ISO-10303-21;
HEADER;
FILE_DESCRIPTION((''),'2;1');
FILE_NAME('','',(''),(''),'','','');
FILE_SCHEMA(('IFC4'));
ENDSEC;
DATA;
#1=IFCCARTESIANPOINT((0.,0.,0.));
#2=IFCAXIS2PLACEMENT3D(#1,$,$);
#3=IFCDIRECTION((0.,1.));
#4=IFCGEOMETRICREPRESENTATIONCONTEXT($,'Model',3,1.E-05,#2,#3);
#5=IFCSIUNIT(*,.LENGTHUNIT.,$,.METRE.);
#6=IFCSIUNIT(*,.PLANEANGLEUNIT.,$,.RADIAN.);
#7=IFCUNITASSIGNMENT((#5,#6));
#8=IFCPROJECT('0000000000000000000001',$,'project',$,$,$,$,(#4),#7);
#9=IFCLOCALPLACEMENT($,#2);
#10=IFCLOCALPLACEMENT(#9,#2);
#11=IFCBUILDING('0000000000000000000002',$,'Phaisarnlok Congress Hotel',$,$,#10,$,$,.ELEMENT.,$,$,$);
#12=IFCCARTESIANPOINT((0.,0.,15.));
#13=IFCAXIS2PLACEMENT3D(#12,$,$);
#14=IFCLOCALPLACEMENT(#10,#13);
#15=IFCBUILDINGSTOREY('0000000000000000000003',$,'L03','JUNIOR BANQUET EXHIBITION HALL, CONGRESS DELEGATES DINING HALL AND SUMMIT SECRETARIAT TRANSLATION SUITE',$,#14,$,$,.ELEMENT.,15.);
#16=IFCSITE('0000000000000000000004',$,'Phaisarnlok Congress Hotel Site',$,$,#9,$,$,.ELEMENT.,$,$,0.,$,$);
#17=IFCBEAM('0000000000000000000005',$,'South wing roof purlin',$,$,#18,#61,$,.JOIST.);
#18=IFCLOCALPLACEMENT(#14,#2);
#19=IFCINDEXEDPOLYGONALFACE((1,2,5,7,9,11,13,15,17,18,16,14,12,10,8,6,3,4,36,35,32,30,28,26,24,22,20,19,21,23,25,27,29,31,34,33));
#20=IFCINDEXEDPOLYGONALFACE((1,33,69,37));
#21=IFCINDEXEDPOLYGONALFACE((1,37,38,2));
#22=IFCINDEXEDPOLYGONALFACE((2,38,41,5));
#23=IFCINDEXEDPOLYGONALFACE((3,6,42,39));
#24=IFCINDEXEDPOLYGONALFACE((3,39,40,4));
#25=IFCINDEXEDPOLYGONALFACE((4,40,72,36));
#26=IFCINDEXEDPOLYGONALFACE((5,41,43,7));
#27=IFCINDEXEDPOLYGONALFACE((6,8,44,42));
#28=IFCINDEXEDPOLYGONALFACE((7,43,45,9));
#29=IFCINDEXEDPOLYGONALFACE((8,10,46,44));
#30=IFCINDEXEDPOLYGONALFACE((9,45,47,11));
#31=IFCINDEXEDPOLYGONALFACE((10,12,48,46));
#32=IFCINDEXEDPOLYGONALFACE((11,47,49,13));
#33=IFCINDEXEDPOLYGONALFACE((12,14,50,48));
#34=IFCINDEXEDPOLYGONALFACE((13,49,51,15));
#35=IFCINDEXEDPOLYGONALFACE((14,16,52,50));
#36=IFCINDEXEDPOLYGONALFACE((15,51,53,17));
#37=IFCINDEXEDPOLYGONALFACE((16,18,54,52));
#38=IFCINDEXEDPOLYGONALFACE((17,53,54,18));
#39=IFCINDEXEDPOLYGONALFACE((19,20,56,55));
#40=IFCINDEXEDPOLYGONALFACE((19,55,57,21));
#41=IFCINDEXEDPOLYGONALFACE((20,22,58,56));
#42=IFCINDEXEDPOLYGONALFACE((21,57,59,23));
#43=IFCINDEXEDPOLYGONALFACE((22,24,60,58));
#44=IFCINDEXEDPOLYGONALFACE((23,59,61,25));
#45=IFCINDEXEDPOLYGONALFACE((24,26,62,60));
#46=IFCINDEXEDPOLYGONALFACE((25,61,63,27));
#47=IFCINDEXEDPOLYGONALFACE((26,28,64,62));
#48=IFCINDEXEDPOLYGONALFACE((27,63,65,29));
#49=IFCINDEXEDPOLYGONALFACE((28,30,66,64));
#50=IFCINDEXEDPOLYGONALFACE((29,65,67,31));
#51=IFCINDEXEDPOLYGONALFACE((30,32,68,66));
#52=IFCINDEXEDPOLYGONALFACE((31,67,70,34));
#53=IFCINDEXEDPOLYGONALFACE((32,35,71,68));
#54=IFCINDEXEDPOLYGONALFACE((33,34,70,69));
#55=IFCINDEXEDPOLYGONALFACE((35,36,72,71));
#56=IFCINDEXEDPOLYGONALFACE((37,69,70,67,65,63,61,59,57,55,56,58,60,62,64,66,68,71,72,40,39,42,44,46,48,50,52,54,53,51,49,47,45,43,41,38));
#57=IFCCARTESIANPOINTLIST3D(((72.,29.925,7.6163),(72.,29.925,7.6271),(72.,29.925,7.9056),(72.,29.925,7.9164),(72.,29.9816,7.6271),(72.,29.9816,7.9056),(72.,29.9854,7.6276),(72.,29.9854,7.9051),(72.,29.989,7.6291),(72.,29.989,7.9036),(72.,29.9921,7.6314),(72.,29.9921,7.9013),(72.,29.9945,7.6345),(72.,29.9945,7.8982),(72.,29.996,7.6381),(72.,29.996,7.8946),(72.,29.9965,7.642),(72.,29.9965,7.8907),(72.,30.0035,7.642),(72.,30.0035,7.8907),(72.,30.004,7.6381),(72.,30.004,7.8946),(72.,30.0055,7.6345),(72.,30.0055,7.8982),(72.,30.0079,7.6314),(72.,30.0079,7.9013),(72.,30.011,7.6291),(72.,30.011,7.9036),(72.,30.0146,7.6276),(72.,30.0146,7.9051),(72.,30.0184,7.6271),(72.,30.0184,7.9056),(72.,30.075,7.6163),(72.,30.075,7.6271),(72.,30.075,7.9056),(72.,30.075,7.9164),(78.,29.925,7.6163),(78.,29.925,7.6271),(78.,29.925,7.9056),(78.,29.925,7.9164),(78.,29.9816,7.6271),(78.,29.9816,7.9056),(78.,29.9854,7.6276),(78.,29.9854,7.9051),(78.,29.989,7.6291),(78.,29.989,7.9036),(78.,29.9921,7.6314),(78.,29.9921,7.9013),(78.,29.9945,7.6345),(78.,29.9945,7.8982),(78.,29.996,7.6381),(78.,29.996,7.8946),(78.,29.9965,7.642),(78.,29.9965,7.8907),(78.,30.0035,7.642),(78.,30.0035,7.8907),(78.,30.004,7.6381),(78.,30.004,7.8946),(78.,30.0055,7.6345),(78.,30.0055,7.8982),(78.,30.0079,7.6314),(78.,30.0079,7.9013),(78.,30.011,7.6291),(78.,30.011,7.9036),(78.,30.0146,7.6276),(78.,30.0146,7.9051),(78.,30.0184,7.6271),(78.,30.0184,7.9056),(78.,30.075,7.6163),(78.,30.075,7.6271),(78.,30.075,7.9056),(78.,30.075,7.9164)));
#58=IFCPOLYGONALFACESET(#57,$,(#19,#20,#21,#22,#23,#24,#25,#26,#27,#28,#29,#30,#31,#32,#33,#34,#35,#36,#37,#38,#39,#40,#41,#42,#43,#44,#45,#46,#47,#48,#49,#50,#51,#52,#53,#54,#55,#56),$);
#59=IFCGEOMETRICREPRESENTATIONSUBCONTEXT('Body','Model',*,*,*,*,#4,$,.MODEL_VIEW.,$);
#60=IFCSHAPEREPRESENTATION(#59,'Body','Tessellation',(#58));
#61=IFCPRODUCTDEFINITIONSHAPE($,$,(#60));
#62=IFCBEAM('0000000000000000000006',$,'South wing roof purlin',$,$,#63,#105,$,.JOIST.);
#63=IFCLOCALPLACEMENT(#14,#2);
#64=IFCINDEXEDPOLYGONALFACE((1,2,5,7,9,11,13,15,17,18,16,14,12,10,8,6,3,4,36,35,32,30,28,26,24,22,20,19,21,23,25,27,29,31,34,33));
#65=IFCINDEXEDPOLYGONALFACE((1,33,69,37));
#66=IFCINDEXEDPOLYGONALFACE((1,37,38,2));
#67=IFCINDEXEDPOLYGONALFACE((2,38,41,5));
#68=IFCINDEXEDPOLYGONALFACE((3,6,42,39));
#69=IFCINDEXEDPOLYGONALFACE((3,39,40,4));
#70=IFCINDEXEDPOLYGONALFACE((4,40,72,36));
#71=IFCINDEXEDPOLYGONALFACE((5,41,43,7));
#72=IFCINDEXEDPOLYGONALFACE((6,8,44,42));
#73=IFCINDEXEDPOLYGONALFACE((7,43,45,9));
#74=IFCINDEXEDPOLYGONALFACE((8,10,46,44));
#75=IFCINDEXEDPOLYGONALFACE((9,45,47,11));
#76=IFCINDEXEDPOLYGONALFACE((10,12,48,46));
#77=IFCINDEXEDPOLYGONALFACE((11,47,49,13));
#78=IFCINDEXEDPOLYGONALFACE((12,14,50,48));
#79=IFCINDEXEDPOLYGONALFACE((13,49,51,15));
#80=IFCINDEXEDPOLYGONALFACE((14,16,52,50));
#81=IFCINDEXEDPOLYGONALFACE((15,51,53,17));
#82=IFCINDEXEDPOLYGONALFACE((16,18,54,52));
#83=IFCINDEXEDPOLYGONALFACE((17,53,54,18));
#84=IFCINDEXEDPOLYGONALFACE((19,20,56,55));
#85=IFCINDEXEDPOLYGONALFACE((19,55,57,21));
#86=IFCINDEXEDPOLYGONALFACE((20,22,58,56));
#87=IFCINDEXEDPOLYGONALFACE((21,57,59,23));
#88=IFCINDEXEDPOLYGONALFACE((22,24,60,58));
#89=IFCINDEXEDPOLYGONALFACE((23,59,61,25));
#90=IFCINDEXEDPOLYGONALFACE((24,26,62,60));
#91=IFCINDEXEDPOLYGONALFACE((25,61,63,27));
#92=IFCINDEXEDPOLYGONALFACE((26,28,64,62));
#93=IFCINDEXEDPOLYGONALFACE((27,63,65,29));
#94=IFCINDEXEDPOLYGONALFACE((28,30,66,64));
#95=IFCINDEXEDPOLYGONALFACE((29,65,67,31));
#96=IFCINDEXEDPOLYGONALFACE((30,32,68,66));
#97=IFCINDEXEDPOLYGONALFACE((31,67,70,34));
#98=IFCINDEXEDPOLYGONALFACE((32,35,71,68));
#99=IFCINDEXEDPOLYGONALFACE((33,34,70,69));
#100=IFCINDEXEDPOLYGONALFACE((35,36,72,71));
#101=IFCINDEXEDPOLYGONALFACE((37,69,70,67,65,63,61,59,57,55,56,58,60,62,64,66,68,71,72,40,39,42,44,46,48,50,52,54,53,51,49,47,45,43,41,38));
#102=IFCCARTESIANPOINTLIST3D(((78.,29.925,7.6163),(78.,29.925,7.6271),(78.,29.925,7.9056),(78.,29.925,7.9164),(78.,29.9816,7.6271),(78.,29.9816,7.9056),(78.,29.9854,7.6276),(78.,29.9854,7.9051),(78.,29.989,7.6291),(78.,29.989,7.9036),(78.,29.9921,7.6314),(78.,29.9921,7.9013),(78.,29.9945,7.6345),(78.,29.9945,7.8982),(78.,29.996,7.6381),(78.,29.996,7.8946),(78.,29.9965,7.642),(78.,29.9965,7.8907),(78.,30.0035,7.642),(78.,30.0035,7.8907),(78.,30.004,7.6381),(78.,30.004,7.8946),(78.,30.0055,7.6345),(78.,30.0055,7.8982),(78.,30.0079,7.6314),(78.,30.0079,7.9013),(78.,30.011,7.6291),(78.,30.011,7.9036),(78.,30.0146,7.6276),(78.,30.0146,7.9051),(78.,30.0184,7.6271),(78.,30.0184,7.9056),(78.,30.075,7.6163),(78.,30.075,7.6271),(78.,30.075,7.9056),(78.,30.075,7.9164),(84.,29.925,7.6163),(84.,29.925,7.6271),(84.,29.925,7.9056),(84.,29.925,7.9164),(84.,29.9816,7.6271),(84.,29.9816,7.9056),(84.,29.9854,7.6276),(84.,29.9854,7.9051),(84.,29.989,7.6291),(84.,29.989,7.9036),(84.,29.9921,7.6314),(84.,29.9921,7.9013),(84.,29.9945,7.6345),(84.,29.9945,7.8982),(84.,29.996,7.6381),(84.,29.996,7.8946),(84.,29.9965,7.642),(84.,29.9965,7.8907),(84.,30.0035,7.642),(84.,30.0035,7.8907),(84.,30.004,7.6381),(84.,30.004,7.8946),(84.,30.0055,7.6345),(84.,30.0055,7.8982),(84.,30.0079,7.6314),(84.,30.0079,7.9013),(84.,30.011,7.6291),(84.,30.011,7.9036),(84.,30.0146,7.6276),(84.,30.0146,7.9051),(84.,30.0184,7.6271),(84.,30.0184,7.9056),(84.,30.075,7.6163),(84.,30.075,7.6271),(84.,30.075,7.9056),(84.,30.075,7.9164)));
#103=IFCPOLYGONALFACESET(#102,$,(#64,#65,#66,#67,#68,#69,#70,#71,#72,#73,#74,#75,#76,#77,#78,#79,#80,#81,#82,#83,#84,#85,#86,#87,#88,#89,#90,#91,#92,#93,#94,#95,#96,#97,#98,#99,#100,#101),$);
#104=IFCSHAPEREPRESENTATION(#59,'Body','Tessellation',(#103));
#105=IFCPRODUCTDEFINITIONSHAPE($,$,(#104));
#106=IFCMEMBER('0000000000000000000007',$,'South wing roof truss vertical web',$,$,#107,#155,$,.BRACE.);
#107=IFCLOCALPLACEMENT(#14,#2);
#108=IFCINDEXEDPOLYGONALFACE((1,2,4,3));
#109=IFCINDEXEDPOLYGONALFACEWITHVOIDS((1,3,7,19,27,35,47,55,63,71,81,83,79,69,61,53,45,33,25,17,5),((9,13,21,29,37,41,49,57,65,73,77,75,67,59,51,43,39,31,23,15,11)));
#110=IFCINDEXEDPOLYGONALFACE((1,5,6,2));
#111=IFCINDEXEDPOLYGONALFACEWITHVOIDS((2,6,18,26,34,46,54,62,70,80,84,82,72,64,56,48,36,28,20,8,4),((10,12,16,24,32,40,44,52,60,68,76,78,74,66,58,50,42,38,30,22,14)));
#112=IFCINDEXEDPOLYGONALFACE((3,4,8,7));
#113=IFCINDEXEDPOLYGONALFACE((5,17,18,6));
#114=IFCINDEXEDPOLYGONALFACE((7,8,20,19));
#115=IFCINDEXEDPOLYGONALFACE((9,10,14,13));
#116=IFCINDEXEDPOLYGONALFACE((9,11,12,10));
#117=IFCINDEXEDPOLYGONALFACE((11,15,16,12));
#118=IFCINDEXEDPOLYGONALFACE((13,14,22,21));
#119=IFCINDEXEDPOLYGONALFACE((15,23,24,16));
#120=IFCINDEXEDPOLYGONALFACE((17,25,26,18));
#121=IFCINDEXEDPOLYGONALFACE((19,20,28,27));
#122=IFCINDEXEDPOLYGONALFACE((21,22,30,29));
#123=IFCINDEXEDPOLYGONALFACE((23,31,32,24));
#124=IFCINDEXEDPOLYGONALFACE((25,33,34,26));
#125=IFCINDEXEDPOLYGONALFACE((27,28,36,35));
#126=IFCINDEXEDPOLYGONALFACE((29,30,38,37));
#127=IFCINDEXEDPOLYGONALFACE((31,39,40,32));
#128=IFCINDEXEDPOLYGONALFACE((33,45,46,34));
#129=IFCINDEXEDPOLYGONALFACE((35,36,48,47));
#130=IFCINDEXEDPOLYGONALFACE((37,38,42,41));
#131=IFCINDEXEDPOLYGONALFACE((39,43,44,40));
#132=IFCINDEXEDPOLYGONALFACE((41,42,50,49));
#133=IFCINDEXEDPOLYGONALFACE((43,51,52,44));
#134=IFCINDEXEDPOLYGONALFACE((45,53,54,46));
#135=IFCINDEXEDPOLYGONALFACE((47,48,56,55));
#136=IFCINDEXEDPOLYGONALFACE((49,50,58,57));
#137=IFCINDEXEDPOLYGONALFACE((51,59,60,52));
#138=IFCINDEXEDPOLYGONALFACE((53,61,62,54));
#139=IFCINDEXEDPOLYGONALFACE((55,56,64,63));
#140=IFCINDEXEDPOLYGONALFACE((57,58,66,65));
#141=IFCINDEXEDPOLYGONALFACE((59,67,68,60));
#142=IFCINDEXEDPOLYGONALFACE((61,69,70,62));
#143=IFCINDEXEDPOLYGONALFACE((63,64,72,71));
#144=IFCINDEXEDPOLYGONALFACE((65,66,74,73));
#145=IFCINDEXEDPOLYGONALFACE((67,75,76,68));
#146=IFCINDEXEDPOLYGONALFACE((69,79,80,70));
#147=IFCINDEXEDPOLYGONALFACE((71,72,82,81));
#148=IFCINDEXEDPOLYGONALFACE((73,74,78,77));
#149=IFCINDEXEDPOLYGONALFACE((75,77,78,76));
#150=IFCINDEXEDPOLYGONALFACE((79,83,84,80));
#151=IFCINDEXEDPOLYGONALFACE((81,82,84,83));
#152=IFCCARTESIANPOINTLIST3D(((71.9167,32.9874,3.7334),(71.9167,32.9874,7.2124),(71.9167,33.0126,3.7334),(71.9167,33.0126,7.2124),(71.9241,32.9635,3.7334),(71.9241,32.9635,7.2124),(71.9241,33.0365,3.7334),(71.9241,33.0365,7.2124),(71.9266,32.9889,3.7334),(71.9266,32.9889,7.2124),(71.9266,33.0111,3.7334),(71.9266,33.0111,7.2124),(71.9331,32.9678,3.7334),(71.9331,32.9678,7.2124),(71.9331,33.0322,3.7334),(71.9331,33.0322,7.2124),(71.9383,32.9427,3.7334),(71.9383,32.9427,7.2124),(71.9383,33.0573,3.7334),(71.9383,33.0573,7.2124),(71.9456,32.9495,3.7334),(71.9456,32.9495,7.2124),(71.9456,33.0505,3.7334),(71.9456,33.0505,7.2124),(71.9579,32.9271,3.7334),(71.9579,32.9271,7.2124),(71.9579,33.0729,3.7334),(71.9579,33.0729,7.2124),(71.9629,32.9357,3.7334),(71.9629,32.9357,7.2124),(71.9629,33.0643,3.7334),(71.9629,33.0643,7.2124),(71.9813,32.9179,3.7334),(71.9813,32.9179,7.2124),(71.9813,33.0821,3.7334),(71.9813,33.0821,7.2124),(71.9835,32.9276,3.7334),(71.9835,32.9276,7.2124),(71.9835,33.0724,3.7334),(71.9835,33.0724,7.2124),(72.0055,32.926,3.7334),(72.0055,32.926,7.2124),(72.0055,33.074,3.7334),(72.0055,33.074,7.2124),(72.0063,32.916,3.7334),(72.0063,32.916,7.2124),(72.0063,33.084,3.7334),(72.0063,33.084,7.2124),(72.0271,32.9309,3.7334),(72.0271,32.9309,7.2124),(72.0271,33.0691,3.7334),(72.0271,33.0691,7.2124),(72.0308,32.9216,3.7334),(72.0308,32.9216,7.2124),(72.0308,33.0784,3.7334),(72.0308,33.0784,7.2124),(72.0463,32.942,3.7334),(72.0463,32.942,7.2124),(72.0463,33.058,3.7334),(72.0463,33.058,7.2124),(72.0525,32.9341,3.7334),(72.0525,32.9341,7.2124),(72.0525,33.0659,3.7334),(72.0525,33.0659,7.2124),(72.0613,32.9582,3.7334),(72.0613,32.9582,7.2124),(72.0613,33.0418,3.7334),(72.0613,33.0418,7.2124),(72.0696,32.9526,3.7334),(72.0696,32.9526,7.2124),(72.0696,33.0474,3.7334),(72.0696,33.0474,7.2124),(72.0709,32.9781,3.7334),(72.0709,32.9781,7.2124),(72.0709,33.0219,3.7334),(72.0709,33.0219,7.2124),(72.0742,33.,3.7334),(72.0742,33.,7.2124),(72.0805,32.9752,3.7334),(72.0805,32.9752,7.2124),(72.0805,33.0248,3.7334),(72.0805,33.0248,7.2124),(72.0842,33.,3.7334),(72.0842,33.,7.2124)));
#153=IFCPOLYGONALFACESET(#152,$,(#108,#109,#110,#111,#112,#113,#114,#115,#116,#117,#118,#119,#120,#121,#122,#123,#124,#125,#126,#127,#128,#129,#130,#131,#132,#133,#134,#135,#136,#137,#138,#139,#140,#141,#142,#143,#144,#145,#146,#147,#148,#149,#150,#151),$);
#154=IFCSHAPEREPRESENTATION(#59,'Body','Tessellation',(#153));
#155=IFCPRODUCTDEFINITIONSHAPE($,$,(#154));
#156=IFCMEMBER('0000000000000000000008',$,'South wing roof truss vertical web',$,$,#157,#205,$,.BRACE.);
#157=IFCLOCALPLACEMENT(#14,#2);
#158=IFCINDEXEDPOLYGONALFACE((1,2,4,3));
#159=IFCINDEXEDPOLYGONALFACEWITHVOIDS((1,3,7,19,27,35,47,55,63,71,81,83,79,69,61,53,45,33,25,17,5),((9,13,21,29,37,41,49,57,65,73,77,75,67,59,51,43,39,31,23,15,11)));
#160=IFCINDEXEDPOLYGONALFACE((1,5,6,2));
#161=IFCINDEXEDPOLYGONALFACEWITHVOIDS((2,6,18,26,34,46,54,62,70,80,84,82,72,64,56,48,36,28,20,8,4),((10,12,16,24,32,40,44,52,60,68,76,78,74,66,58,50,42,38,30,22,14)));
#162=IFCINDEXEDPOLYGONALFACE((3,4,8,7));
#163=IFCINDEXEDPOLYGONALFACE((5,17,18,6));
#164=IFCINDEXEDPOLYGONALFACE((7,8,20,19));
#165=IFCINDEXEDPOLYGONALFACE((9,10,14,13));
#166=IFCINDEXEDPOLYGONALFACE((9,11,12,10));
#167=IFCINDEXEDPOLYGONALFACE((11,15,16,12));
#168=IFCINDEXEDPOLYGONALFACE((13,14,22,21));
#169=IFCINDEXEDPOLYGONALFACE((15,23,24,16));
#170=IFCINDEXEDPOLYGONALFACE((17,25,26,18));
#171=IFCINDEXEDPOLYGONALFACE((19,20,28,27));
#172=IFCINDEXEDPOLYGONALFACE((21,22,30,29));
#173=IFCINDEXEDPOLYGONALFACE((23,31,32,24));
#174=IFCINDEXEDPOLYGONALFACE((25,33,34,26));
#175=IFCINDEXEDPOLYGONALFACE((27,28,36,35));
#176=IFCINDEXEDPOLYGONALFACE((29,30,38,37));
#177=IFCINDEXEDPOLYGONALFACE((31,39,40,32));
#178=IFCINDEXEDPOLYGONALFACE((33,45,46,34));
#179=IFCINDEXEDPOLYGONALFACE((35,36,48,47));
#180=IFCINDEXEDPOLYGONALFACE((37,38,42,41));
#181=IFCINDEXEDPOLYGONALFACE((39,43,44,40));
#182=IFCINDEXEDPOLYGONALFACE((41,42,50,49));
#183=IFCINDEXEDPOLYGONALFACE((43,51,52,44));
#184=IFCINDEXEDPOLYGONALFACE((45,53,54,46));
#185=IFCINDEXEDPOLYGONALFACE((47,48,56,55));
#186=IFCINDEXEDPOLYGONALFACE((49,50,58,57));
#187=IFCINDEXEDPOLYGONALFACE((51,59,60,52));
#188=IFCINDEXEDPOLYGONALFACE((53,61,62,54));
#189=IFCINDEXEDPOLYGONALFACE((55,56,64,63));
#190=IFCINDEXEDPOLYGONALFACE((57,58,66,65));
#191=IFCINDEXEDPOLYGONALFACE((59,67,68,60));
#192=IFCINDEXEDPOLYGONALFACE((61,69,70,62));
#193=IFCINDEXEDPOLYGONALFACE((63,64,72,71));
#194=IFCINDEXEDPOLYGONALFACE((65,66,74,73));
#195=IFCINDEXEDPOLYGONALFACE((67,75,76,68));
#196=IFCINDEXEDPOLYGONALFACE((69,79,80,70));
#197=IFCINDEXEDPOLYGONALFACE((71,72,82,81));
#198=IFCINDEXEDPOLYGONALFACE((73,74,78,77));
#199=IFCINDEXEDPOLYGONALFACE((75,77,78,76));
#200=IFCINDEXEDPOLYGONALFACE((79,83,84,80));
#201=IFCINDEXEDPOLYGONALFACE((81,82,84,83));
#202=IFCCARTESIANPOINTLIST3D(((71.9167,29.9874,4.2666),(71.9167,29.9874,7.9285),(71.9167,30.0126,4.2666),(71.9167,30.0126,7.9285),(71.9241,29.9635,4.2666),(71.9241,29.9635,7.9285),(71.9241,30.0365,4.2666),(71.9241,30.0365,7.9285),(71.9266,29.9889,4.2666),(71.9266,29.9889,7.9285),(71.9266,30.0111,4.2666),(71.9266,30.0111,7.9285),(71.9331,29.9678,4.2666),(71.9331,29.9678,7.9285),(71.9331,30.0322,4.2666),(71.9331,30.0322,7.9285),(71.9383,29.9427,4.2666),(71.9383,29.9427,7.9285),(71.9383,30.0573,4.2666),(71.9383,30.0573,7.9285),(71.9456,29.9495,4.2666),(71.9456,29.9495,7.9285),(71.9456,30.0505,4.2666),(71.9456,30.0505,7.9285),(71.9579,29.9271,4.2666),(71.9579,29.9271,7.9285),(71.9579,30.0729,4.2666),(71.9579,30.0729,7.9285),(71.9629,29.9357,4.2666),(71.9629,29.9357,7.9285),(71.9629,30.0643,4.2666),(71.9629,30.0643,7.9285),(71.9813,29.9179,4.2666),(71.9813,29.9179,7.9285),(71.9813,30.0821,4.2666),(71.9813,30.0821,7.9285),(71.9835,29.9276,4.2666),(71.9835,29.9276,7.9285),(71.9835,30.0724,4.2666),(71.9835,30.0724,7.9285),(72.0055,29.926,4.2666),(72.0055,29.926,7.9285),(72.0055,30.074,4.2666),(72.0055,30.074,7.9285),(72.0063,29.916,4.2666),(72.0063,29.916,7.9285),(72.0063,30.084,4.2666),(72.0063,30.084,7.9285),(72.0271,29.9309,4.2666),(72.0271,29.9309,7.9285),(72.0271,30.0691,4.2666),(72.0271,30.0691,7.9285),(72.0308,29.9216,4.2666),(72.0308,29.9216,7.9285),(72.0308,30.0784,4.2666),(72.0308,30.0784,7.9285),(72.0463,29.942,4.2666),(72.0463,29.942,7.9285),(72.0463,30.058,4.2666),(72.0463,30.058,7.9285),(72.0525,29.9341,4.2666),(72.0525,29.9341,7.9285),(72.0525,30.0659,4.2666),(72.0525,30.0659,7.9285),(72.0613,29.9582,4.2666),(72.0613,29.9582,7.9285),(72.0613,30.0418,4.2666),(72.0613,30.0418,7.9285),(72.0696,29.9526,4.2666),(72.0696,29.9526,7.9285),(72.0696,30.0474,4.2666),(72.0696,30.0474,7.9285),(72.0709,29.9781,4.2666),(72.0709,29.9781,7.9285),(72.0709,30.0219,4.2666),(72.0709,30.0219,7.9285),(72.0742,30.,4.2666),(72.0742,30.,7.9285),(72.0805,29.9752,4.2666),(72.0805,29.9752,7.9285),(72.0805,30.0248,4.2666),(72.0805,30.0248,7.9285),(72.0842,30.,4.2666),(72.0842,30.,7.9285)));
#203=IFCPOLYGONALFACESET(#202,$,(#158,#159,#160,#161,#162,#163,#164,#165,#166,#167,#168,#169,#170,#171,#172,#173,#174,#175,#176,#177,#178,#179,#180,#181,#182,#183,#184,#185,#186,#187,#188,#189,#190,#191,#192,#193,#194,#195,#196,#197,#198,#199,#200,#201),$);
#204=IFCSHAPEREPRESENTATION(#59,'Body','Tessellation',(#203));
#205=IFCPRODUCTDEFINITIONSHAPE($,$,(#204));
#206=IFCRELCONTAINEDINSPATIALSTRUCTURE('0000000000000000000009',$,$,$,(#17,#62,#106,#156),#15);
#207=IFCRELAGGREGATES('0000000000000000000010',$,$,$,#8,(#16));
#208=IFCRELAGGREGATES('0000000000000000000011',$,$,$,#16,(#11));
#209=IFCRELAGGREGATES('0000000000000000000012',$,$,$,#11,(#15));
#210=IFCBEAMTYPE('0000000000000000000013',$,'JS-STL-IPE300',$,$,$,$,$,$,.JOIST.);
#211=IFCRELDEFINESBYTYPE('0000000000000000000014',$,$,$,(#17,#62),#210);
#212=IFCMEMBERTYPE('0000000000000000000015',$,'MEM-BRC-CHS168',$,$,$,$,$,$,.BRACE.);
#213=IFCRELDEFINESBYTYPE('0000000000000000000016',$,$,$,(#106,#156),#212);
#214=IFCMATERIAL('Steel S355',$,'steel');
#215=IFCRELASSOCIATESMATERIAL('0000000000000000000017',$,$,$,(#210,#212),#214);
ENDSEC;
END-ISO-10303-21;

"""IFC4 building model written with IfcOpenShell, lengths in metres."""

from ifc_helpers import new_model, si_unit, direction, frame, origin, origin_2d, place, context, subcontext, project, spatial, hollow_circle, i_section, extrude, material, material_profile, profile_set, type_object, element, save


model = new_model("IFC4")

# Units and contexts
model_context = context("Model", 3, precision=1e-05, world=origin(), true_north=direction((0.0, 1.0)))
body_context = subcontext(model_context, "Body", "Model", "MODEL_VIEW")
ifc_project = project(units=[si_unit("LENGTHUNIT", "METRE"), si_unit("PLANEANGLEUNIT", "RADIAN")], contexts=[model_context])

# Site, building, storey
site_placement = place(None, origin())
site = spatial("IfcSite", under=ifc_project, at=site_placement, Name="Phaisarnlok Congress Hotel Site", CompositionType="ELEMENT", RefElevation=0.0)
building_placement = place(site_placement, origin())
building = spatial("IfcBuilding", under=site, at=building_placement, Name="Phaisarnlok Congress Hotel", CompositionType="ELEMENT")
storey_placement = place(building_placement, frame((0.0, 0.0, 15.0)))
storey = spatial("IfcBuildingStorey", under=building, at=storey_placement, Name="L03", Description="JUNIOR BANQUET EXHIBITION HALL, CONGRESS DELEGATES DINING HALL AND SUMMIT SECRETARIAT TRANSLATION SUITE", CompositionType="ELEMENT", Elevation=15.0)

# Beams
ifc_material_1 = material(Name="Steel S355", Category="steel")
ifc_material_profile_1 = material_profile(ifc_material_1, i_section(OverallWidth=0.1499, OverallDepth=0.3, WebThickness=0.0071, FlangeThickness=0.0107, FilletRadius=0.0149, at=origin_2d()), Name="IPE 300")
ifc_profile_set_1 = profile_set([ifc_material_profile_1], Name="Steel S355")
beam_type = type_object("IfcBeamType", Name="JS-STL-IPE300", PredefinedType="JOIST", material=ifc_profile_set_1)
for number, where, z_axis, x_axis, name in (
    (1, (72.0, 30.0, 7.7664), (1.0, 0.0, 0.0), (0.0, 1.0, 0.0), "South wing roof purlin"),
    (2, (78.0, 30.0, 7.7664), (1.0, 0.0, 0.0), (0.0, 1.0, 0.0), "South wing roof purlin"),
):
    element("IfcBeam", number, at=place(storey_placement, frame(where, z_axis=z_axis, x_axis=x_axis)), inside=storey, type_object=beam_type, Name=name, PredefinedType="JOIST", context=body_context, shape_type="SweptSolid", body=[
        extrude(i_section(OverallWidth=0.1499, OverallDepth=0.3, WebThickness=0.0071, FlangeThickness=0.0107, FilletRadius=0.0149, at=origin_2d()), origin(), (0.0, 0.0, 1.0), 6.0),
    ])

# Members
ifc_material_profile_2 = material_profile(ifc_material_1, hollow_circle(Radius=0.0842, WallThickness=0.01, at=origin_2d()), Name="CHS 168.3x10")
ifc_profile_set_2 = profile_set([ifc_material_profile_2], Name="Steel S355")
member_type_1 = type_object("IfcMemberType", Name="MEM-BRC-CHS168", PredefinedType="BRACE", material=ifc_profile_set_2)
member_1_placement = place(storey_placement, frame((72.0, 33.0, 3.7334), z_axis=(0.0, 0.0, 1.0), x_axis=(1.0, 0.0, 0.0)))
element("IfcMember", 3, at=member_1_placement, inside=storey, type_object=member_type_1, Name="South wing roof truss vertical web", PredefinedType="BRACE", context=body_context, shape_type="SweptSolid", body=[
    extrude(hollow_circle(Radius=0.0842, WallThickness=0.01, at=origin_2d()), origin(), (0.0, 0.0, 1.0), 3.479),
])
member_2_placement = place(storey_placement, frame((72.0, 30.0, 4.2666), z_axis=(0.0, 0.0, 1.0), x_axis=(1.0, 0.0, 0.0)))
element("IfcMember", 4, at=member_2_placement, inside=storey, type_object=member_type_1, Name="South wing roof truss vertical web", PredefinedType="BRACE", context=body_context, shape_type="SweptSolid", body=[
    extrude(hollow_circle(Radius=0.0842, WallThickness=0.01, at=origin_2d()), origin(), (0.0, 0.0, 1.0), 3.6619),
])

save(model, "model.ifc")
